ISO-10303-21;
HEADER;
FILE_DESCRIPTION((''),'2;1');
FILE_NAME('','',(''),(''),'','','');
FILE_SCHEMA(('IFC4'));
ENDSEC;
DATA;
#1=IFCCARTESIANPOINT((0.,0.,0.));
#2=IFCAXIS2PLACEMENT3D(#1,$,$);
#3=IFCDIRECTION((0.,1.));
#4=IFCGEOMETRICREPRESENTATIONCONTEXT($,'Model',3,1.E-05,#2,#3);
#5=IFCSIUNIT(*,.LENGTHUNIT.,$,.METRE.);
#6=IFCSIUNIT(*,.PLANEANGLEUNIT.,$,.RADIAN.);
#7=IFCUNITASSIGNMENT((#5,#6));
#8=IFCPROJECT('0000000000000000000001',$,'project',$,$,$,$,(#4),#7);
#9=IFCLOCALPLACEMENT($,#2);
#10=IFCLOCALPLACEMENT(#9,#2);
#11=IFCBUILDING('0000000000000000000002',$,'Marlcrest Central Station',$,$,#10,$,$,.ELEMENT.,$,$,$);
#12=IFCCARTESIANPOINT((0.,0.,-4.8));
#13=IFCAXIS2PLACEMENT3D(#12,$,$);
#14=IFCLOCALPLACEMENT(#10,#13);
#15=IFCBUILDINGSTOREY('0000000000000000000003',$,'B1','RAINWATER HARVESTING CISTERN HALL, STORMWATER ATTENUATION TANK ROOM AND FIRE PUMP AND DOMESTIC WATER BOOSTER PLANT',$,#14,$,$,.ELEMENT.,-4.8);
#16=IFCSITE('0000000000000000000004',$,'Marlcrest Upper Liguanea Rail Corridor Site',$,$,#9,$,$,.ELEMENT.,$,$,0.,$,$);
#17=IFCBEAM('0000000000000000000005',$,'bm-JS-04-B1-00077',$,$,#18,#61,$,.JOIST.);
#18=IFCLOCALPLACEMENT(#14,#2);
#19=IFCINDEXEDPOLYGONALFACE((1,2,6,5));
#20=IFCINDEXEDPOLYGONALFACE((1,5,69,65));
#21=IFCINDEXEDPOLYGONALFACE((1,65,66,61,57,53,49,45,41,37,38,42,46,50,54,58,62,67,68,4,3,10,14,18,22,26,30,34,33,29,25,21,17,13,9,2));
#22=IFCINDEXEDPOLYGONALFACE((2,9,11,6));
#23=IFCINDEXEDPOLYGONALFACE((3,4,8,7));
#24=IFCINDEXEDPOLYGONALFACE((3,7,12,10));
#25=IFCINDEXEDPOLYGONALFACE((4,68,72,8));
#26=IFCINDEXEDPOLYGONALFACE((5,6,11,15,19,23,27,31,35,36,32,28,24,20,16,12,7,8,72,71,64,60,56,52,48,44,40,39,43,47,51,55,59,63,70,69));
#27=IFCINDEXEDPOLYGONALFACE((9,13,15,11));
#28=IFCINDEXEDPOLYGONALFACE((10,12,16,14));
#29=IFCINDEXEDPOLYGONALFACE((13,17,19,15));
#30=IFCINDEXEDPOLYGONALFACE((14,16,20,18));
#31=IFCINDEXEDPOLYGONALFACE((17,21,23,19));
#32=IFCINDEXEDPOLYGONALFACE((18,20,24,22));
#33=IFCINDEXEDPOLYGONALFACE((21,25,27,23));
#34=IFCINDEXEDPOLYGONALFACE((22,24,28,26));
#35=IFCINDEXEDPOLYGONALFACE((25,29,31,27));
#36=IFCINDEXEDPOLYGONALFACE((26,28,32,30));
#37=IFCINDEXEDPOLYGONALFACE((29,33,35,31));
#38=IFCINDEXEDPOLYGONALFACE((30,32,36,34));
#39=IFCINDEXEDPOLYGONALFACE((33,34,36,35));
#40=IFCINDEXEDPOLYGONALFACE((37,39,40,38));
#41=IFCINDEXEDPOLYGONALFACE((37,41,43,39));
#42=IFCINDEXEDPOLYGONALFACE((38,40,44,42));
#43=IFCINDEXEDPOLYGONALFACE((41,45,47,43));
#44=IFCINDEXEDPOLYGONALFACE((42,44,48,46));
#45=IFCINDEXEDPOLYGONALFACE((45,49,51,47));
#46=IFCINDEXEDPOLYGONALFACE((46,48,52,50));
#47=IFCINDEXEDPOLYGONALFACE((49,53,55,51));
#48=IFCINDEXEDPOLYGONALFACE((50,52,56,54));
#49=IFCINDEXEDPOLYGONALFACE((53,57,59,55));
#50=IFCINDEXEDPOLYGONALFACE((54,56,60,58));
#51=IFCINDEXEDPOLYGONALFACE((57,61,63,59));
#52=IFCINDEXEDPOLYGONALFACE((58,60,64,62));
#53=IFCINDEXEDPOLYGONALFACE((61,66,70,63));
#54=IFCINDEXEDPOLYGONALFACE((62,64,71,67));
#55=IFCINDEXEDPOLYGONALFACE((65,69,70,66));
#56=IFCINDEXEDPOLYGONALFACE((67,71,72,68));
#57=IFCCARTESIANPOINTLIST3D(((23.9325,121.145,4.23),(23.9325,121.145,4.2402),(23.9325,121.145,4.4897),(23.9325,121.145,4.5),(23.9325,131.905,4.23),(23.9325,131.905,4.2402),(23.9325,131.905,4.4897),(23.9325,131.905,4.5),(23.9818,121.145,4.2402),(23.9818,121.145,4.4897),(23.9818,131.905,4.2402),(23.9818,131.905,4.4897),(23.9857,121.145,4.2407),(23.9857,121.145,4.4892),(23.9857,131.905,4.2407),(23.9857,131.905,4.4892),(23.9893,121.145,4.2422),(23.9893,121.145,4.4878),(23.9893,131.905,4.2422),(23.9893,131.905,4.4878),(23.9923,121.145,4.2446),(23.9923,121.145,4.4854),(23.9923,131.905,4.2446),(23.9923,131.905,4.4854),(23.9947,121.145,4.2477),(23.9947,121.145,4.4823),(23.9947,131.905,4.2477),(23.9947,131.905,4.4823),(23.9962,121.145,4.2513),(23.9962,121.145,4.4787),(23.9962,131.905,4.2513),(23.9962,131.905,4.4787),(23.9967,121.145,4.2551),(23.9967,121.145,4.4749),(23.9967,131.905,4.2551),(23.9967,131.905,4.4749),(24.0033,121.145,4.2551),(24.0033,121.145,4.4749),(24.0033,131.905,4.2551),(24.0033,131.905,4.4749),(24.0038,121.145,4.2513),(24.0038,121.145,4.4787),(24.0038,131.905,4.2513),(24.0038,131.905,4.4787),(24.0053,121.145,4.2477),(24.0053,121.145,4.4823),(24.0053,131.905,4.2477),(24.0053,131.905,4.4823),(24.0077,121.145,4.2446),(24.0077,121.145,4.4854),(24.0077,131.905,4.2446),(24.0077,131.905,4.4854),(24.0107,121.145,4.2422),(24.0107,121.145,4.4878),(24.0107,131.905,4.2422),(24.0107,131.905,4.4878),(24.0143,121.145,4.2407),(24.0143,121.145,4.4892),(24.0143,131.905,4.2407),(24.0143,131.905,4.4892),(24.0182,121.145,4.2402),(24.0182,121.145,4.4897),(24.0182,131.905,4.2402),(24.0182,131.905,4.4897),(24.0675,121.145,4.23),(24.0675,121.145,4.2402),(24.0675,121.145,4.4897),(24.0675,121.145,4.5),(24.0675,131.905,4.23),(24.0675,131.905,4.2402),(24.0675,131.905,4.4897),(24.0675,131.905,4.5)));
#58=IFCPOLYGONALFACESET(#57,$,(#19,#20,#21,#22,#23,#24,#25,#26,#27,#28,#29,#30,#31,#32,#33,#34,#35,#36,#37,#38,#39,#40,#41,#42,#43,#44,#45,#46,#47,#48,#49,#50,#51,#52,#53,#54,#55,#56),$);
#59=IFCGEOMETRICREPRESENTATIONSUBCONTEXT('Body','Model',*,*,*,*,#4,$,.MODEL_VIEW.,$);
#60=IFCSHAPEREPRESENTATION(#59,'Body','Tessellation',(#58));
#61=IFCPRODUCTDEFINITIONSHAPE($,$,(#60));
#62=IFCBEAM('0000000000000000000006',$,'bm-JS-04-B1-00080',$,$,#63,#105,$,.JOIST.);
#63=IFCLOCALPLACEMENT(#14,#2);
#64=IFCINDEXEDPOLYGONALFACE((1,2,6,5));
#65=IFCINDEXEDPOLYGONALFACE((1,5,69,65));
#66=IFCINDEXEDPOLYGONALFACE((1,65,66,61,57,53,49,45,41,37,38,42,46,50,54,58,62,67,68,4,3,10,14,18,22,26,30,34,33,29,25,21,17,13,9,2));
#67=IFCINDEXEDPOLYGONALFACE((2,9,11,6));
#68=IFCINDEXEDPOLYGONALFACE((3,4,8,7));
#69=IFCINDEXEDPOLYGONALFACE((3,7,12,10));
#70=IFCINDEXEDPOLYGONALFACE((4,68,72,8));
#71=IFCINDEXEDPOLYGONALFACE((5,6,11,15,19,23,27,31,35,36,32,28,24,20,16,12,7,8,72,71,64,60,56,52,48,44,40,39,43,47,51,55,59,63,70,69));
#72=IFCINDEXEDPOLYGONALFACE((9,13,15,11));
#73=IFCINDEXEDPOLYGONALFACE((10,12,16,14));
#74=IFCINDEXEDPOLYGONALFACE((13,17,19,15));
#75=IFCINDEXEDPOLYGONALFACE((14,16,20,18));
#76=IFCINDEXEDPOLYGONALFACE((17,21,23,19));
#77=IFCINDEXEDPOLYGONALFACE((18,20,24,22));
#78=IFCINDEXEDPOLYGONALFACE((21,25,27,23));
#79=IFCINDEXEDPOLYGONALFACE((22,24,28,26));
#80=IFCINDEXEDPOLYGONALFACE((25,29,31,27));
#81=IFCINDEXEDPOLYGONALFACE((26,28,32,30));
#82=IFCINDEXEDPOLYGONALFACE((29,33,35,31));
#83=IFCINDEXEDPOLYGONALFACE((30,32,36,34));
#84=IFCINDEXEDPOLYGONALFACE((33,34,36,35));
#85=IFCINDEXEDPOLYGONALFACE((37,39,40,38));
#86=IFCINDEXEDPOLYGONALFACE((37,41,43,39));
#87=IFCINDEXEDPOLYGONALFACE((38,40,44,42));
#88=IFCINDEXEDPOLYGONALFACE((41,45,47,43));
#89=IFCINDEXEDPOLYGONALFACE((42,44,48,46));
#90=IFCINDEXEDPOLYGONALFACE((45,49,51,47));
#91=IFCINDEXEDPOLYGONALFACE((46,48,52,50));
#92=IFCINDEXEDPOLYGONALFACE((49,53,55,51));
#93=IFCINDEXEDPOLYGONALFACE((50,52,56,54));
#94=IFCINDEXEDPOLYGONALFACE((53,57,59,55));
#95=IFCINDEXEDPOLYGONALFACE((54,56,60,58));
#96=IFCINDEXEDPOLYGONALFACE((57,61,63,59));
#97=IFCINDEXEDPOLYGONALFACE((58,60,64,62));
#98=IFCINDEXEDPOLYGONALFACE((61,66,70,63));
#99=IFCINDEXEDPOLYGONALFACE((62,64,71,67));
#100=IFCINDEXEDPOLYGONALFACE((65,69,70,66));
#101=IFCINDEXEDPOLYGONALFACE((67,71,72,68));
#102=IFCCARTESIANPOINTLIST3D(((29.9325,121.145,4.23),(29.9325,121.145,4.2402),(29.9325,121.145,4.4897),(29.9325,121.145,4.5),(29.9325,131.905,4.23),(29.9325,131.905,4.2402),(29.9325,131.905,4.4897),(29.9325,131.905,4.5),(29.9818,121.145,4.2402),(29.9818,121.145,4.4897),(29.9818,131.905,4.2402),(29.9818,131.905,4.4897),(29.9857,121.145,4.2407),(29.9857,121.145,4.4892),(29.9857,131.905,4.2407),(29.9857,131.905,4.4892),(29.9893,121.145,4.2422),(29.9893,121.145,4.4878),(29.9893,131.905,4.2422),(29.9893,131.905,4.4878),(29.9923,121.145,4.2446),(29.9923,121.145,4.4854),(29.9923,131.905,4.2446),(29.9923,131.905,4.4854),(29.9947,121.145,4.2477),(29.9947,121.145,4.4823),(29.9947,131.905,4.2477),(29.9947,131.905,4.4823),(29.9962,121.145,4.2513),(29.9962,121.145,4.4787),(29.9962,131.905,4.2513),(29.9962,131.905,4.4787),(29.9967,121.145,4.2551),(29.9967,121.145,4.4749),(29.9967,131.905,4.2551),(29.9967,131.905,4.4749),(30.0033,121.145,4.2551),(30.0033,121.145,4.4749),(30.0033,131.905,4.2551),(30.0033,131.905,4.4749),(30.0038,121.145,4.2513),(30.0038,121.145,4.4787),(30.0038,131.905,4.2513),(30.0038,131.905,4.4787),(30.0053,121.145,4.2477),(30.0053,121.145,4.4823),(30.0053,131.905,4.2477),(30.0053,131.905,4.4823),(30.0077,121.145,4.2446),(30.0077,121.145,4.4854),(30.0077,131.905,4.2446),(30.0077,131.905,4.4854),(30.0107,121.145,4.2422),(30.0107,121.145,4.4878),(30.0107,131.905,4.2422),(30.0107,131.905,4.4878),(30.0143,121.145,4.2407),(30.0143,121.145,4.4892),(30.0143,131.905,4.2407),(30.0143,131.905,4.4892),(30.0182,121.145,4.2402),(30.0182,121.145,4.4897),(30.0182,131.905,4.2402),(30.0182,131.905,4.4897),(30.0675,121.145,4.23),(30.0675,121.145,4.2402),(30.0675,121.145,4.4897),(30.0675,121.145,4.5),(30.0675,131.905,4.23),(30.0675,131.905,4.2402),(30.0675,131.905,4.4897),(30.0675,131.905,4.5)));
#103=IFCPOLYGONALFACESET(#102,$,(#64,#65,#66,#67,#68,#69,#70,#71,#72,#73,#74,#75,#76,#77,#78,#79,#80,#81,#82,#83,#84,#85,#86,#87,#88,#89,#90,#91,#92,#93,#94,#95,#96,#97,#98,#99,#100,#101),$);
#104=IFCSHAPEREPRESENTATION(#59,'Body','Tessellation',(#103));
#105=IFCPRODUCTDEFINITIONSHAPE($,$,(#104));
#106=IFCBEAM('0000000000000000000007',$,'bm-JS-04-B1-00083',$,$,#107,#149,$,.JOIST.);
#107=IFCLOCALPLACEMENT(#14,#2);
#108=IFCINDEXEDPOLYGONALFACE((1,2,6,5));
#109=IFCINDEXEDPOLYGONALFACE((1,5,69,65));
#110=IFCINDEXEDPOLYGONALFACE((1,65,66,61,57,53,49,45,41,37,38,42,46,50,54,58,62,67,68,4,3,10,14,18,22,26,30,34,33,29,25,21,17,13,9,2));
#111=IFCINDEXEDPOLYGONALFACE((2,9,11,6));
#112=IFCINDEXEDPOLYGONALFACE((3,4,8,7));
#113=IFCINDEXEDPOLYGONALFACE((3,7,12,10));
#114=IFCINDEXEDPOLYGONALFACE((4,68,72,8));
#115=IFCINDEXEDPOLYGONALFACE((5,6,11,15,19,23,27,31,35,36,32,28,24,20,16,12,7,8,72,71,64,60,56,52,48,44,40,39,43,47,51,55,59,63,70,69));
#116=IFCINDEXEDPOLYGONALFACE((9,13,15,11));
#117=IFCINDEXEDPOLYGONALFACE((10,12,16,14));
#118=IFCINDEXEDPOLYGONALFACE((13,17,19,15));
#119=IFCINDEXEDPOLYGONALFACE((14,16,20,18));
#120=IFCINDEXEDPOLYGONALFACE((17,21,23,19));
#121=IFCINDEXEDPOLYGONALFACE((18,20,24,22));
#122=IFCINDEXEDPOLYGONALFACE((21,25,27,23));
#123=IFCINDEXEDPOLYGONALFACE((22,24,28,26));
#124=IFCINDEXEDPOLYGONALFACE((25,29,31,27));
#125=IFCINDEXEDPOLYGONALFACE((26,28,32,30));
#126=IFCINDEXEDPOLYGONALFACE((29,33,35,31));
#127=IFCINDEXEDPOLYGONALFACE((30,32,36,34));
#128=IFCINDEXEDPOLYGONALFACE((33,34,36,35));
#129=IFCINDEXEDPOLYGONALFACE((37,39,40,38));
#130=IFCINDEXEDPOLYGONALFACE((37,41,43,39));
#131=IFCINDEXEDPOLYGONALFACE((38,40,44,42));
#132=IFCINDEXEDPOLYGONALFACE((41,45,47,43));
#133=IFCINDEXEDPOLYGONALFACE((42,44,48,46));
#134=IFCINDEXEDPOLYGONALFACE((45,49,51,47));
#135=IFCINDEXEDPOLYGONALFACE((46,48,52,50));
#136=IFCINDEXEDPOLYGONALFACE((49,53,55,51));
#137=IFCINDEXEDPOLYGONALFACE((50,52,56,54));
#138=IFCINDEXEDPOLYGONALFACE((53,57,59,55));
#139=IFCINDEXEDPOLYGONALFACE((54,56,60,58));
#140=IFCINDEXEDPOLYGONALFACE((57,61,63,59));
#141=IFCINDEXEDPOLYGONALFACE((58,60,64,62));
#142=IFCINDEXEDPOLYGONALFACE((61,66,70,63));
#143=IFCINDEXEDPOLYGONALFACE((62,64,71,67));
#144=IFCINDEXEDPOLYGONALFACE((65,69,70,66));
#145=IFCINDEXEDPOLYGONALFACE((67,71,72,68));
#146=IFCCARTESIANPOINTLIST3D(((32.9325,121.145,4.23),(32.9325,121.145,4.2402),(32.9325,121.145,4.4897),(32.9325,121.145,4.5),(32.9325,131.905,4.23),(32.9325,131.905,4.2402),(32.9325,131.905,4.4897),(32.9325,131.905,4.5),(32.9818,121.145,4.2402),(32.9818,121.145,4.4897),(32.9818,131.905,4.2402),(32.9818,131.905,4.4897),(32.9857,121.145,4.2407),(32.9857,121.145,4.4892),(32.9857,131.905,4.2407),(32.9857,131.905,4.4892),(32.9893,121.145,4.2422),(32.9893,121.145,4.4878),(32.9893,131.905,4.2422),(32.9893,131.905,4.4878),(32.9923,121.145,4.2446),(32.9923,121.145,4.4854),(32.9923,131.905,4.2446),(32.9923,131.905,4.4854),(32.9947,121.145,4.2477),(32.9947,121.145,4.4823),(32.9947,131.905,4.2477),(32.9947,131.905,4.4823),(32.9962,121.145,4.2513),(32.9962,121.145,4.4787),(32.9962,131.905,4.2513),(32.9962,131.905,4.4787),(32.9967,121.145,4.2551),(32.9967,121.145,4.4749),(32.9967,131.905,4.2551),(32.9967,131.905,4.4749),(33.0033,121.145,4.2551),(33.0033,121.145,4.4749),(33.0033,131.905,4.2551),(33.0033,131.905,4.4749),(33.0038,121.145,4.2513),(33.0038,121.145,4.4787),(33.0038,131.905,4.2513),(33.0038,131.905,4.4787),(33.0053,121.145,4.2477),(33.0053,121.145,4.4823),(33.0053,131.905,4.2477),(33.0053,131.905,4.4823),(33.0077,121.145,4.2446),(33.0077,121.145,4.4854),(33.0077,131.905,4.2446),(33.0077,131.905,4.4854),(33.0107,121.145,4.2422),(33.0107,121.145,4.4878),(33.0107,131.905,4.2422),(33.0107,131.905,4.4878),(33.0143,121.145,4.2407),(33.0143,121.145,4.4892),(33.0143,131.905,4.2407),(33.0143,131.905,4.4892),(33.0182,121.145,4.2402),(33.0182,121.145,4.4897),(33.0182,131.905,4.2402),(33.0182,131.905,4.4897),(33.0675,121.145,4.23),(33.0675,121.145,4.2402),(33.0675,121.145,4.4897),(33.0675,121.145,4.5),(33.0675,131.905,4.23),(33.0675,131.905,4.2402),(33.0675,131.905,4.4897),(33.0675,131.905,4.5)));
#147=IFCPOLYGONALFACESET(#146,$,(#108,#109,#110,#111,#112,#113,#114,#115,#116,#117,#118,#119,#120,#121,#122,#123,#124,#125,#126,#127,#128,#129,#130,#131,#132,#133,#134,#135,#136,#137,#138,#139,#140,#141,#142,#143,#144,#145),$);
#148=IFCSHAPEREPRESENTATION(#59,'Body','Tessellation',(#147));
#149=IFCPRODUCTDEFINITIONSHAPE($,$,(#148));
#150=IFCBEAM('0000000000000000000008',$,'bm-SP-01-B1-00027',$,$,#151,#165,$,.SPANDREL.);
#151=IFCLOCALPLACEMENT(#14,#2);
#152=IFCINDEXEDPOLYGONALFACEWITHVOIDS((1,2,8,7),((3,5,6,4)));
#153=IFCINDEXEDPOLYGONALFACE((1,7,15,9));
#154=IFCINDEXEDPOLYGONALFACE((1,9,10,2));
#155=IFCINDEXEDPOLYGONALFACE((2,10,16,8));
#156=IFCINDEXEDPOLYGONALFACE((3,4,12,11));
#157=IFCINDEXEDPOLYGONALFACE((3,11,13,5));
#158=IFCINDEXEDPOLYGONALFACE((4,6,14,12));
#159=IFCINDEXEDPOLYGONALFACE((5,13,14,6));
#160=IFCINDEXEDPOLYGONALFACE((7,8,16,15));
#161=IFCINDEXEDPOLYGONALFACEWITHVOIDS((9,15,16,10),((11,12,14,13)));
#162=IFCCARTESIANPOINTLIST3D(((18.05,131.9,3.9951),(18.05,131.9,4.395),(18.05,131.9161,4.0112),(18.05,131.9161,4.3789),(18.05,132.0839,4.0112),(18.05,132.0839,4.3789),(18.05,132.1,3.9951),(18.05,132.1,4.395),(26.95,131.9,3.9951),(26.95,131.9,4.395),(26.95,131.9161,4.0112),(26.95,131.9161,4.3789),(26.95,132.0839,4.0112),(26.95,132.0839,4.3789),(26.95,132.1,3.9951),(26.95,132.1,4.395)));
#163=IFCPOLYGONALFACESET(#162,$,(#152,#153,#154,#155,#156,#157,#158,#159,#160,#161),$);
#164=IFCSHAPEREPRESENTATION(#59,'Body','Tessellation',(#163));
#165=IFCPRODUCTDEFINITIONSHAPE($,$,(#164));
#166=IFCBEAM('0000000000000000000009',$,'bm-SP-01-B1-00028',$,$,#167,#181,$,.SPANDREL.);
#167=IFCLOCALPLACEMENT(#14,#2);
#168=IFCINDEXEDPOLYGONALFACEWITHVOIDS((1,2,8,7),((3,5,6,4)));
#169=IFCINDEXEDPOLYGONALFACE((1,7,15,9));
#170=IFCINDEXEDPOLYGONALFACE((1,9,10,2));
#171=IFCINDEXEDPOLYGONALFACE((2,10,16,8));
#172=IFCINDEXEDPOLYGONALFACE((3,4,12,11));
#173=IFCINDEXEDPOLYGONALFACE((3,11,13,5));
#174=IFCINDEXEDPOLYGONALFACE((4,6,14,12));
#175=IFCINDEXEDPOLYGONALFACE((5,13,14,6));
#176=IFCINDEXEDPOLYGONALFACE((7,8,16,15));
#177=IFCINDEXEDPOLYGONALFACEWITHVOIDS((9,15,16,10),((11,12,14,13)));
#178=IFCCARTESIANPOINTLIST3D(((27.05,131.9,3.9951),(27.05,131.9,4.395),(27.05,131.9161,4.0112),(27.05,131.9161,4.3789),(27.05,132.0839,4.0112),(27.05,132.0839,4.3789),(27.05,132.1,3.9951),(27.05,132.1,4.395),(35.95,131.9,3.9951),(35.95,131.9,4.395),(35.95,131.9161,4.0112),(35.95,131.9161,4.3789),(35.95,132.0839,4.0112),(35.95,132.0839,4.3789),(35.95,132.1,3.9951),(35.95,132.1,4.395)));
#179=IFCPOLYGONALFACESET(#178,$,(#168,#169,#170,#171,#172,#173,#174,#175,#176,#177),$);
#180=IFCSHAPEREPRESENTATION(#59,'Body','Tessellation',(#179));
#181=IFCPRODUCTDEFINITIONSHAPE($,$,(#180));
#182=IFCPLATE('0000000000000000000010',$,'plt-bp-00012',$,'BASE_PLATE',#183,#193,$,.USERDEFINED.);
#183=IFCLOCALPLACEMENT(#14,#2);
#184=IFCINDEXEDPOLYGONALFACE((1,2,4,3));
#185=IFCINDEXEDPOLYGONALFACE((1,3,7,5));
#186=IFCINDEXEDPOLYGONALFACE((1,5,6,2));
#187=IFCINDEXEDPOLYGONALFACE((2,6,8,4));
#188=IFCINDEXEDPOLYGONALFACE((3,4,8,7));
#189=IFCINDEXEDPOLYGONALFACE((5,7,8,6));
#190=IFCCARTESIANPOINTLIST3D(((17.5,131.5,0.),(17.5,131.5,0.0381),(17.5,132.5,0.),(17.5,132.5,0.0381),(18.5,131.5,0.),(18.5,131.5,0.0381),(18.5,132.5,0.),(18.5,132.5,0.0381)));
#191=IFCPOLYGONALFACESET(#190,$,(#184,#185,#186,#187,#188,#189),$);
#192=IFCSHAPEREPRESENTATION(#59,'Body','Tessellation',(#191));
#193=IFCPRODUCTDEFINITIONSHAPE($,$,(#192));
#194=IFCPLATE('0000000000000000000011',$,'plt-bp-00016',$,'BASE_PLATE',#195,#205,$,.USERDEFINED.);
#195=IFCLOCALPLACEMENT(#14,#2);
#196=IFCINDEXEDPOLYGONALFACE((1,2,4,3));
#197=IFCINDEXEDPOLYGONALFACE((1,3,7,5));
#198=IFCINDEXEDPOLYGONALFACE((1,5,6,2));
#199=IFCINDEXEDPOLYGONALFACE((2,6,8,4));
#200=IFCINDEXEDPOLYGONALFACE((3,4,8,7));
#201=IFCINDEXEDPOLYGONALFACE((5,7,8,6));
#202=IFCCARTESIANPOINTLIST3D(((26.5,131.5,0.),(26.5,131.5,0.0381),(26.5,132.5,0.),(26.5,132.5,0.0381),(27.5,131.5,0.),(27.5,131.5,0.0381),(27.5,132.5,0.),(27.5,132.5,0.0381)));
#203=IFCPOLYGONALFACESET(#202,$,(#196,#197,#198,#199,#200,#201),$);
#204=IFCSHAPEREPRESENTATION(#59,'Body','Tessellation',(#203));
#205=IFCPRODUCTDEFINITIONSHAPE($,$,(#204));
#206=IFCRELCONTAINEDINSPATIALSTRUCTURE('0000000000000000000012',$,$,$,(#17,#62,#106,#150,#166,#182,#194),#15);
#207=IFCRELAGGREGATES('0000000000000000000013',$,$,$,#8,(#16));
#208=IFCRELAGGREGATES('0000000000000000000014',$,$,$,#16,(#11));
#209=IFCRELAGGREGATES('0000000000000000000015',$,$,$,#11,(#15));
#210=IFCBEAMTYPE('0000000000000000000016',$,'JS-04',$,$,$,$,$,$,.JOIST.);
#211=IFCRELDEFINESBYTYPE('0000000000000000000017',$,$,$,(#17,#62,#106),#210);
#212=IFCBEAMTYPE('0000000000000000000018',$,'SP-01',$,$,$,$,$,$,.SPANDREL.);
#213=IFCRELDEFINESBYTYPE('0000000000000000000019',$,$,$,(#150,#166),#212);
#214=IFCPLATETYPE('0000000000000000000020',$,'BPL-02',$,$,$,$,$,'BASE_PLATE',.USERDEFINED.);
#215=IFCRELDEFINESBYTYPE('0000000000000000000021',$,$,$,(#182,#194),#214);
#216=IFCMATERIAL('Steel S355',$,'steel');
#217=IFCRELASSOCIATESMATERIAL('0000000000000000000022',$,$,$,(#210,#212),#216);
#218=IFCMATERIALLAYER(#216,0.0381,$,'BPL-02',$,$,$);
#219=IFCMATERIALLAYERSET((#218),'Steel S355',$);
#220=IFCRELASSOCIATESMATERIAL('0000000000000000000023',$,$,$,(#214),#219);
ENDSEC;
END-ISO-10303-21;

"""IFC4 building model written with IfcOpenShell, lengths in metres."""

from ifc_helpers import new_model, si_unit, direction, frame, origin, origin_2d, place, context, subcontext, project, spatial, rectangle, hollow_rectangle, i_section, extrude, material, layer, layer_set, material_profile, profile_set, type_object, element, save


model = new_model("IFC4")

# Units and contexts
model_context = context("Model", 3, precision=1e-05, world=origin(), true_north=direction((0.0, 1.0)))
body_context = subcontext(model_context, "Body", "Model", "MODEL_VIEW")
ifc_project = project(units=[si_unit("LENGTHUNIT", "METRE"), si_unit("PLANEANGLEUNIT", "RADIAN")], contexts=[model_context])

# Site, building, storey
site_placement = place(None, origin())
site = spatial("IfcSite", under=ifc_project, at=site_placement, Name="Marlcrest Upper Liguanea Rail Corridor Site", CompositionType="ELEMENT", RefElevation=0.0)
building_placement = place(site_placement, origin())
building = spatial("IfcBuilding", under=site, at=building_placement, Name="Marlcrest Central Station", CompositionType="ELEMENT")
storey_placement = place(building_placement, frame((0.0, 0.0, -4.8)))
storey = spatial("IfcBuildingStorey", under=building, at=storey_placement, Name="B1", Description="RAINWATER HARVESTING CISTERN HALL, STORMWATER ATTENUATION TANK ROOM AND FIRE PUMP AND DOMESTIC WATER BOOSTER PLANT", CompositionType="ELEMENT", Elevation=-4.8)

# Shared definitions
ifc_material_1 = material(Name="Steel S355", Category="steel")

# Beams
ifc_material_profile_1 = material_profile(ifc_material_1, i_section(OverallWidth=0.135, OverallDepth=0.27, WebThickness=0.0066, FlangeThickness=0.0103, FilletRadius=0.0149, at=origin_2d()), Name="IPE 270")
ifc_profile_set_1 = profile_set([ifc_material_profile_1], Name="Steel S355")
beam_type_1 = type_object("IfcBeamType", Name="JS-04", PredefinedType="JOIST", material=ifc_profile_set_1)
for number, where, z_axis, x_axis, name in (
    (1, (24.0, 121.145, 4.365), (0.0, 1.0, 0.0), (-1.0, 0.0, 0.0), "bm-JS-04-B1-00077"),
    (2, (30.0, 121.145, 4.365), (0.0, 1.0, 0.0), (-1.0, 0.0, 0.0), "bm-JS-04-B1-00080"),
    (3, (33.0, 121.145, 4.365), (0.0, 1.0, 0.0), (-1.0, 0.0, 0.0), "bm-JS-04-B1-00083"),
):
    element("IfcBeam", number, at=place(storey_placement, frame(where, z_axis=z_axis, x_axis=x_axis)), inside=storey, type_object=beam_type_1, Name=name, PredefinedType="JOIST", context=body_context, shape_type="SweptSolid", body=[
        extrude(i_section(OverallWidth=0.135, OverallDepth=0.27, WebThickness=0.0066, FlangeThickness=0.0103, FilletRadius=0.0149, at=origin_2d()), origin(), (0.0, 0.0, 1.0), 10.76),
    ])
ifc_material_profile_2 = material_profile(ifc_material_1, hollow_rectangle(XDim=0.2, YDim=0.3999, WallThickness=0.0161, at=origin_2d()), Name="RHS 400x200x16")
ifc_profile_set_2 = profile_set([ifc_material_profile_2], Name="Steel S355")
beam_type_2 = type_object("IfcBeamType", Name="SP-01", PredefinedType="SPANDREL", material=ifc_profile_set_2)
for number, where, z_axis, x_axis, name in (
    (4, (18.05, 132.0, 4.1951), (1.0, 0.0, 0.0), (0.0, 1.0, 0.0), "bm-SP-01-B1-00027"),
    (5, (27.05, 132.0, 4.1951), (1.0, 0.0, 0.0), (0.0, 1.0, 0.0), "bm-SP-01-B1-00028"),
):
    element("IfcBeam", number, at=place(storey_placement, frame(where, z_axis=z_axis, x_axis=x_axis)), inside=storey, type_object=beam_type_2, Name=name, PredefinedType="SPANDREL", context=body_context, shape_type="SweptSolid", body=[
        extrude(hollow_rectangle(XDim=0.2, YDim=0.3999, WallThickness=0.0161, at=origin_2d()), origin(), (0.0, 0.0, 1.0), 8.8999),
    ])

# Plates
ifc_layer_1 = layer(ifc_material_1, 0.0381, Name="BPL-02")
ifc_layer_set_1 = layer_set([ifc_layer_1], Name="Steel S355")
plate_type = type_object("IfcPlateType", Name="BPL-02", ElementType="BASE_PLATE", PredefinedType="USERDEFINED", material=ifc_layer_set_1)
for number, where, z_axis, x_axis, name in (
    (6, (18.0, 132.0, 0.0), (0.0, 0.0, 1.0), (1.0, 0.0, 0.0), "plt-bp-00012"),
    (7, (27.0, 132.0, 0.0), (0.0, 0.0, 1.0), (1.0, 0.0, 0.0), "plt-bp-00016"),
):
    element("IfcPlate", number, at=place(storey_placement, frame(where, z_axis=z_axis, x_axis=x_axis)), inside=storey, type_object=plate_type, Name=name, ObjectType="BASE_PLATE", PredefinedType="USERDEFINED", context=body_context, shape_type="SweptSolid", body=[
        extrude(rectangle(XDim=1.0, YDim=1.0, at=origin_2d()), origin(), (0.0, 0.0, 1.0), 0.0381),
    ])

save(model, "model.ifc")
